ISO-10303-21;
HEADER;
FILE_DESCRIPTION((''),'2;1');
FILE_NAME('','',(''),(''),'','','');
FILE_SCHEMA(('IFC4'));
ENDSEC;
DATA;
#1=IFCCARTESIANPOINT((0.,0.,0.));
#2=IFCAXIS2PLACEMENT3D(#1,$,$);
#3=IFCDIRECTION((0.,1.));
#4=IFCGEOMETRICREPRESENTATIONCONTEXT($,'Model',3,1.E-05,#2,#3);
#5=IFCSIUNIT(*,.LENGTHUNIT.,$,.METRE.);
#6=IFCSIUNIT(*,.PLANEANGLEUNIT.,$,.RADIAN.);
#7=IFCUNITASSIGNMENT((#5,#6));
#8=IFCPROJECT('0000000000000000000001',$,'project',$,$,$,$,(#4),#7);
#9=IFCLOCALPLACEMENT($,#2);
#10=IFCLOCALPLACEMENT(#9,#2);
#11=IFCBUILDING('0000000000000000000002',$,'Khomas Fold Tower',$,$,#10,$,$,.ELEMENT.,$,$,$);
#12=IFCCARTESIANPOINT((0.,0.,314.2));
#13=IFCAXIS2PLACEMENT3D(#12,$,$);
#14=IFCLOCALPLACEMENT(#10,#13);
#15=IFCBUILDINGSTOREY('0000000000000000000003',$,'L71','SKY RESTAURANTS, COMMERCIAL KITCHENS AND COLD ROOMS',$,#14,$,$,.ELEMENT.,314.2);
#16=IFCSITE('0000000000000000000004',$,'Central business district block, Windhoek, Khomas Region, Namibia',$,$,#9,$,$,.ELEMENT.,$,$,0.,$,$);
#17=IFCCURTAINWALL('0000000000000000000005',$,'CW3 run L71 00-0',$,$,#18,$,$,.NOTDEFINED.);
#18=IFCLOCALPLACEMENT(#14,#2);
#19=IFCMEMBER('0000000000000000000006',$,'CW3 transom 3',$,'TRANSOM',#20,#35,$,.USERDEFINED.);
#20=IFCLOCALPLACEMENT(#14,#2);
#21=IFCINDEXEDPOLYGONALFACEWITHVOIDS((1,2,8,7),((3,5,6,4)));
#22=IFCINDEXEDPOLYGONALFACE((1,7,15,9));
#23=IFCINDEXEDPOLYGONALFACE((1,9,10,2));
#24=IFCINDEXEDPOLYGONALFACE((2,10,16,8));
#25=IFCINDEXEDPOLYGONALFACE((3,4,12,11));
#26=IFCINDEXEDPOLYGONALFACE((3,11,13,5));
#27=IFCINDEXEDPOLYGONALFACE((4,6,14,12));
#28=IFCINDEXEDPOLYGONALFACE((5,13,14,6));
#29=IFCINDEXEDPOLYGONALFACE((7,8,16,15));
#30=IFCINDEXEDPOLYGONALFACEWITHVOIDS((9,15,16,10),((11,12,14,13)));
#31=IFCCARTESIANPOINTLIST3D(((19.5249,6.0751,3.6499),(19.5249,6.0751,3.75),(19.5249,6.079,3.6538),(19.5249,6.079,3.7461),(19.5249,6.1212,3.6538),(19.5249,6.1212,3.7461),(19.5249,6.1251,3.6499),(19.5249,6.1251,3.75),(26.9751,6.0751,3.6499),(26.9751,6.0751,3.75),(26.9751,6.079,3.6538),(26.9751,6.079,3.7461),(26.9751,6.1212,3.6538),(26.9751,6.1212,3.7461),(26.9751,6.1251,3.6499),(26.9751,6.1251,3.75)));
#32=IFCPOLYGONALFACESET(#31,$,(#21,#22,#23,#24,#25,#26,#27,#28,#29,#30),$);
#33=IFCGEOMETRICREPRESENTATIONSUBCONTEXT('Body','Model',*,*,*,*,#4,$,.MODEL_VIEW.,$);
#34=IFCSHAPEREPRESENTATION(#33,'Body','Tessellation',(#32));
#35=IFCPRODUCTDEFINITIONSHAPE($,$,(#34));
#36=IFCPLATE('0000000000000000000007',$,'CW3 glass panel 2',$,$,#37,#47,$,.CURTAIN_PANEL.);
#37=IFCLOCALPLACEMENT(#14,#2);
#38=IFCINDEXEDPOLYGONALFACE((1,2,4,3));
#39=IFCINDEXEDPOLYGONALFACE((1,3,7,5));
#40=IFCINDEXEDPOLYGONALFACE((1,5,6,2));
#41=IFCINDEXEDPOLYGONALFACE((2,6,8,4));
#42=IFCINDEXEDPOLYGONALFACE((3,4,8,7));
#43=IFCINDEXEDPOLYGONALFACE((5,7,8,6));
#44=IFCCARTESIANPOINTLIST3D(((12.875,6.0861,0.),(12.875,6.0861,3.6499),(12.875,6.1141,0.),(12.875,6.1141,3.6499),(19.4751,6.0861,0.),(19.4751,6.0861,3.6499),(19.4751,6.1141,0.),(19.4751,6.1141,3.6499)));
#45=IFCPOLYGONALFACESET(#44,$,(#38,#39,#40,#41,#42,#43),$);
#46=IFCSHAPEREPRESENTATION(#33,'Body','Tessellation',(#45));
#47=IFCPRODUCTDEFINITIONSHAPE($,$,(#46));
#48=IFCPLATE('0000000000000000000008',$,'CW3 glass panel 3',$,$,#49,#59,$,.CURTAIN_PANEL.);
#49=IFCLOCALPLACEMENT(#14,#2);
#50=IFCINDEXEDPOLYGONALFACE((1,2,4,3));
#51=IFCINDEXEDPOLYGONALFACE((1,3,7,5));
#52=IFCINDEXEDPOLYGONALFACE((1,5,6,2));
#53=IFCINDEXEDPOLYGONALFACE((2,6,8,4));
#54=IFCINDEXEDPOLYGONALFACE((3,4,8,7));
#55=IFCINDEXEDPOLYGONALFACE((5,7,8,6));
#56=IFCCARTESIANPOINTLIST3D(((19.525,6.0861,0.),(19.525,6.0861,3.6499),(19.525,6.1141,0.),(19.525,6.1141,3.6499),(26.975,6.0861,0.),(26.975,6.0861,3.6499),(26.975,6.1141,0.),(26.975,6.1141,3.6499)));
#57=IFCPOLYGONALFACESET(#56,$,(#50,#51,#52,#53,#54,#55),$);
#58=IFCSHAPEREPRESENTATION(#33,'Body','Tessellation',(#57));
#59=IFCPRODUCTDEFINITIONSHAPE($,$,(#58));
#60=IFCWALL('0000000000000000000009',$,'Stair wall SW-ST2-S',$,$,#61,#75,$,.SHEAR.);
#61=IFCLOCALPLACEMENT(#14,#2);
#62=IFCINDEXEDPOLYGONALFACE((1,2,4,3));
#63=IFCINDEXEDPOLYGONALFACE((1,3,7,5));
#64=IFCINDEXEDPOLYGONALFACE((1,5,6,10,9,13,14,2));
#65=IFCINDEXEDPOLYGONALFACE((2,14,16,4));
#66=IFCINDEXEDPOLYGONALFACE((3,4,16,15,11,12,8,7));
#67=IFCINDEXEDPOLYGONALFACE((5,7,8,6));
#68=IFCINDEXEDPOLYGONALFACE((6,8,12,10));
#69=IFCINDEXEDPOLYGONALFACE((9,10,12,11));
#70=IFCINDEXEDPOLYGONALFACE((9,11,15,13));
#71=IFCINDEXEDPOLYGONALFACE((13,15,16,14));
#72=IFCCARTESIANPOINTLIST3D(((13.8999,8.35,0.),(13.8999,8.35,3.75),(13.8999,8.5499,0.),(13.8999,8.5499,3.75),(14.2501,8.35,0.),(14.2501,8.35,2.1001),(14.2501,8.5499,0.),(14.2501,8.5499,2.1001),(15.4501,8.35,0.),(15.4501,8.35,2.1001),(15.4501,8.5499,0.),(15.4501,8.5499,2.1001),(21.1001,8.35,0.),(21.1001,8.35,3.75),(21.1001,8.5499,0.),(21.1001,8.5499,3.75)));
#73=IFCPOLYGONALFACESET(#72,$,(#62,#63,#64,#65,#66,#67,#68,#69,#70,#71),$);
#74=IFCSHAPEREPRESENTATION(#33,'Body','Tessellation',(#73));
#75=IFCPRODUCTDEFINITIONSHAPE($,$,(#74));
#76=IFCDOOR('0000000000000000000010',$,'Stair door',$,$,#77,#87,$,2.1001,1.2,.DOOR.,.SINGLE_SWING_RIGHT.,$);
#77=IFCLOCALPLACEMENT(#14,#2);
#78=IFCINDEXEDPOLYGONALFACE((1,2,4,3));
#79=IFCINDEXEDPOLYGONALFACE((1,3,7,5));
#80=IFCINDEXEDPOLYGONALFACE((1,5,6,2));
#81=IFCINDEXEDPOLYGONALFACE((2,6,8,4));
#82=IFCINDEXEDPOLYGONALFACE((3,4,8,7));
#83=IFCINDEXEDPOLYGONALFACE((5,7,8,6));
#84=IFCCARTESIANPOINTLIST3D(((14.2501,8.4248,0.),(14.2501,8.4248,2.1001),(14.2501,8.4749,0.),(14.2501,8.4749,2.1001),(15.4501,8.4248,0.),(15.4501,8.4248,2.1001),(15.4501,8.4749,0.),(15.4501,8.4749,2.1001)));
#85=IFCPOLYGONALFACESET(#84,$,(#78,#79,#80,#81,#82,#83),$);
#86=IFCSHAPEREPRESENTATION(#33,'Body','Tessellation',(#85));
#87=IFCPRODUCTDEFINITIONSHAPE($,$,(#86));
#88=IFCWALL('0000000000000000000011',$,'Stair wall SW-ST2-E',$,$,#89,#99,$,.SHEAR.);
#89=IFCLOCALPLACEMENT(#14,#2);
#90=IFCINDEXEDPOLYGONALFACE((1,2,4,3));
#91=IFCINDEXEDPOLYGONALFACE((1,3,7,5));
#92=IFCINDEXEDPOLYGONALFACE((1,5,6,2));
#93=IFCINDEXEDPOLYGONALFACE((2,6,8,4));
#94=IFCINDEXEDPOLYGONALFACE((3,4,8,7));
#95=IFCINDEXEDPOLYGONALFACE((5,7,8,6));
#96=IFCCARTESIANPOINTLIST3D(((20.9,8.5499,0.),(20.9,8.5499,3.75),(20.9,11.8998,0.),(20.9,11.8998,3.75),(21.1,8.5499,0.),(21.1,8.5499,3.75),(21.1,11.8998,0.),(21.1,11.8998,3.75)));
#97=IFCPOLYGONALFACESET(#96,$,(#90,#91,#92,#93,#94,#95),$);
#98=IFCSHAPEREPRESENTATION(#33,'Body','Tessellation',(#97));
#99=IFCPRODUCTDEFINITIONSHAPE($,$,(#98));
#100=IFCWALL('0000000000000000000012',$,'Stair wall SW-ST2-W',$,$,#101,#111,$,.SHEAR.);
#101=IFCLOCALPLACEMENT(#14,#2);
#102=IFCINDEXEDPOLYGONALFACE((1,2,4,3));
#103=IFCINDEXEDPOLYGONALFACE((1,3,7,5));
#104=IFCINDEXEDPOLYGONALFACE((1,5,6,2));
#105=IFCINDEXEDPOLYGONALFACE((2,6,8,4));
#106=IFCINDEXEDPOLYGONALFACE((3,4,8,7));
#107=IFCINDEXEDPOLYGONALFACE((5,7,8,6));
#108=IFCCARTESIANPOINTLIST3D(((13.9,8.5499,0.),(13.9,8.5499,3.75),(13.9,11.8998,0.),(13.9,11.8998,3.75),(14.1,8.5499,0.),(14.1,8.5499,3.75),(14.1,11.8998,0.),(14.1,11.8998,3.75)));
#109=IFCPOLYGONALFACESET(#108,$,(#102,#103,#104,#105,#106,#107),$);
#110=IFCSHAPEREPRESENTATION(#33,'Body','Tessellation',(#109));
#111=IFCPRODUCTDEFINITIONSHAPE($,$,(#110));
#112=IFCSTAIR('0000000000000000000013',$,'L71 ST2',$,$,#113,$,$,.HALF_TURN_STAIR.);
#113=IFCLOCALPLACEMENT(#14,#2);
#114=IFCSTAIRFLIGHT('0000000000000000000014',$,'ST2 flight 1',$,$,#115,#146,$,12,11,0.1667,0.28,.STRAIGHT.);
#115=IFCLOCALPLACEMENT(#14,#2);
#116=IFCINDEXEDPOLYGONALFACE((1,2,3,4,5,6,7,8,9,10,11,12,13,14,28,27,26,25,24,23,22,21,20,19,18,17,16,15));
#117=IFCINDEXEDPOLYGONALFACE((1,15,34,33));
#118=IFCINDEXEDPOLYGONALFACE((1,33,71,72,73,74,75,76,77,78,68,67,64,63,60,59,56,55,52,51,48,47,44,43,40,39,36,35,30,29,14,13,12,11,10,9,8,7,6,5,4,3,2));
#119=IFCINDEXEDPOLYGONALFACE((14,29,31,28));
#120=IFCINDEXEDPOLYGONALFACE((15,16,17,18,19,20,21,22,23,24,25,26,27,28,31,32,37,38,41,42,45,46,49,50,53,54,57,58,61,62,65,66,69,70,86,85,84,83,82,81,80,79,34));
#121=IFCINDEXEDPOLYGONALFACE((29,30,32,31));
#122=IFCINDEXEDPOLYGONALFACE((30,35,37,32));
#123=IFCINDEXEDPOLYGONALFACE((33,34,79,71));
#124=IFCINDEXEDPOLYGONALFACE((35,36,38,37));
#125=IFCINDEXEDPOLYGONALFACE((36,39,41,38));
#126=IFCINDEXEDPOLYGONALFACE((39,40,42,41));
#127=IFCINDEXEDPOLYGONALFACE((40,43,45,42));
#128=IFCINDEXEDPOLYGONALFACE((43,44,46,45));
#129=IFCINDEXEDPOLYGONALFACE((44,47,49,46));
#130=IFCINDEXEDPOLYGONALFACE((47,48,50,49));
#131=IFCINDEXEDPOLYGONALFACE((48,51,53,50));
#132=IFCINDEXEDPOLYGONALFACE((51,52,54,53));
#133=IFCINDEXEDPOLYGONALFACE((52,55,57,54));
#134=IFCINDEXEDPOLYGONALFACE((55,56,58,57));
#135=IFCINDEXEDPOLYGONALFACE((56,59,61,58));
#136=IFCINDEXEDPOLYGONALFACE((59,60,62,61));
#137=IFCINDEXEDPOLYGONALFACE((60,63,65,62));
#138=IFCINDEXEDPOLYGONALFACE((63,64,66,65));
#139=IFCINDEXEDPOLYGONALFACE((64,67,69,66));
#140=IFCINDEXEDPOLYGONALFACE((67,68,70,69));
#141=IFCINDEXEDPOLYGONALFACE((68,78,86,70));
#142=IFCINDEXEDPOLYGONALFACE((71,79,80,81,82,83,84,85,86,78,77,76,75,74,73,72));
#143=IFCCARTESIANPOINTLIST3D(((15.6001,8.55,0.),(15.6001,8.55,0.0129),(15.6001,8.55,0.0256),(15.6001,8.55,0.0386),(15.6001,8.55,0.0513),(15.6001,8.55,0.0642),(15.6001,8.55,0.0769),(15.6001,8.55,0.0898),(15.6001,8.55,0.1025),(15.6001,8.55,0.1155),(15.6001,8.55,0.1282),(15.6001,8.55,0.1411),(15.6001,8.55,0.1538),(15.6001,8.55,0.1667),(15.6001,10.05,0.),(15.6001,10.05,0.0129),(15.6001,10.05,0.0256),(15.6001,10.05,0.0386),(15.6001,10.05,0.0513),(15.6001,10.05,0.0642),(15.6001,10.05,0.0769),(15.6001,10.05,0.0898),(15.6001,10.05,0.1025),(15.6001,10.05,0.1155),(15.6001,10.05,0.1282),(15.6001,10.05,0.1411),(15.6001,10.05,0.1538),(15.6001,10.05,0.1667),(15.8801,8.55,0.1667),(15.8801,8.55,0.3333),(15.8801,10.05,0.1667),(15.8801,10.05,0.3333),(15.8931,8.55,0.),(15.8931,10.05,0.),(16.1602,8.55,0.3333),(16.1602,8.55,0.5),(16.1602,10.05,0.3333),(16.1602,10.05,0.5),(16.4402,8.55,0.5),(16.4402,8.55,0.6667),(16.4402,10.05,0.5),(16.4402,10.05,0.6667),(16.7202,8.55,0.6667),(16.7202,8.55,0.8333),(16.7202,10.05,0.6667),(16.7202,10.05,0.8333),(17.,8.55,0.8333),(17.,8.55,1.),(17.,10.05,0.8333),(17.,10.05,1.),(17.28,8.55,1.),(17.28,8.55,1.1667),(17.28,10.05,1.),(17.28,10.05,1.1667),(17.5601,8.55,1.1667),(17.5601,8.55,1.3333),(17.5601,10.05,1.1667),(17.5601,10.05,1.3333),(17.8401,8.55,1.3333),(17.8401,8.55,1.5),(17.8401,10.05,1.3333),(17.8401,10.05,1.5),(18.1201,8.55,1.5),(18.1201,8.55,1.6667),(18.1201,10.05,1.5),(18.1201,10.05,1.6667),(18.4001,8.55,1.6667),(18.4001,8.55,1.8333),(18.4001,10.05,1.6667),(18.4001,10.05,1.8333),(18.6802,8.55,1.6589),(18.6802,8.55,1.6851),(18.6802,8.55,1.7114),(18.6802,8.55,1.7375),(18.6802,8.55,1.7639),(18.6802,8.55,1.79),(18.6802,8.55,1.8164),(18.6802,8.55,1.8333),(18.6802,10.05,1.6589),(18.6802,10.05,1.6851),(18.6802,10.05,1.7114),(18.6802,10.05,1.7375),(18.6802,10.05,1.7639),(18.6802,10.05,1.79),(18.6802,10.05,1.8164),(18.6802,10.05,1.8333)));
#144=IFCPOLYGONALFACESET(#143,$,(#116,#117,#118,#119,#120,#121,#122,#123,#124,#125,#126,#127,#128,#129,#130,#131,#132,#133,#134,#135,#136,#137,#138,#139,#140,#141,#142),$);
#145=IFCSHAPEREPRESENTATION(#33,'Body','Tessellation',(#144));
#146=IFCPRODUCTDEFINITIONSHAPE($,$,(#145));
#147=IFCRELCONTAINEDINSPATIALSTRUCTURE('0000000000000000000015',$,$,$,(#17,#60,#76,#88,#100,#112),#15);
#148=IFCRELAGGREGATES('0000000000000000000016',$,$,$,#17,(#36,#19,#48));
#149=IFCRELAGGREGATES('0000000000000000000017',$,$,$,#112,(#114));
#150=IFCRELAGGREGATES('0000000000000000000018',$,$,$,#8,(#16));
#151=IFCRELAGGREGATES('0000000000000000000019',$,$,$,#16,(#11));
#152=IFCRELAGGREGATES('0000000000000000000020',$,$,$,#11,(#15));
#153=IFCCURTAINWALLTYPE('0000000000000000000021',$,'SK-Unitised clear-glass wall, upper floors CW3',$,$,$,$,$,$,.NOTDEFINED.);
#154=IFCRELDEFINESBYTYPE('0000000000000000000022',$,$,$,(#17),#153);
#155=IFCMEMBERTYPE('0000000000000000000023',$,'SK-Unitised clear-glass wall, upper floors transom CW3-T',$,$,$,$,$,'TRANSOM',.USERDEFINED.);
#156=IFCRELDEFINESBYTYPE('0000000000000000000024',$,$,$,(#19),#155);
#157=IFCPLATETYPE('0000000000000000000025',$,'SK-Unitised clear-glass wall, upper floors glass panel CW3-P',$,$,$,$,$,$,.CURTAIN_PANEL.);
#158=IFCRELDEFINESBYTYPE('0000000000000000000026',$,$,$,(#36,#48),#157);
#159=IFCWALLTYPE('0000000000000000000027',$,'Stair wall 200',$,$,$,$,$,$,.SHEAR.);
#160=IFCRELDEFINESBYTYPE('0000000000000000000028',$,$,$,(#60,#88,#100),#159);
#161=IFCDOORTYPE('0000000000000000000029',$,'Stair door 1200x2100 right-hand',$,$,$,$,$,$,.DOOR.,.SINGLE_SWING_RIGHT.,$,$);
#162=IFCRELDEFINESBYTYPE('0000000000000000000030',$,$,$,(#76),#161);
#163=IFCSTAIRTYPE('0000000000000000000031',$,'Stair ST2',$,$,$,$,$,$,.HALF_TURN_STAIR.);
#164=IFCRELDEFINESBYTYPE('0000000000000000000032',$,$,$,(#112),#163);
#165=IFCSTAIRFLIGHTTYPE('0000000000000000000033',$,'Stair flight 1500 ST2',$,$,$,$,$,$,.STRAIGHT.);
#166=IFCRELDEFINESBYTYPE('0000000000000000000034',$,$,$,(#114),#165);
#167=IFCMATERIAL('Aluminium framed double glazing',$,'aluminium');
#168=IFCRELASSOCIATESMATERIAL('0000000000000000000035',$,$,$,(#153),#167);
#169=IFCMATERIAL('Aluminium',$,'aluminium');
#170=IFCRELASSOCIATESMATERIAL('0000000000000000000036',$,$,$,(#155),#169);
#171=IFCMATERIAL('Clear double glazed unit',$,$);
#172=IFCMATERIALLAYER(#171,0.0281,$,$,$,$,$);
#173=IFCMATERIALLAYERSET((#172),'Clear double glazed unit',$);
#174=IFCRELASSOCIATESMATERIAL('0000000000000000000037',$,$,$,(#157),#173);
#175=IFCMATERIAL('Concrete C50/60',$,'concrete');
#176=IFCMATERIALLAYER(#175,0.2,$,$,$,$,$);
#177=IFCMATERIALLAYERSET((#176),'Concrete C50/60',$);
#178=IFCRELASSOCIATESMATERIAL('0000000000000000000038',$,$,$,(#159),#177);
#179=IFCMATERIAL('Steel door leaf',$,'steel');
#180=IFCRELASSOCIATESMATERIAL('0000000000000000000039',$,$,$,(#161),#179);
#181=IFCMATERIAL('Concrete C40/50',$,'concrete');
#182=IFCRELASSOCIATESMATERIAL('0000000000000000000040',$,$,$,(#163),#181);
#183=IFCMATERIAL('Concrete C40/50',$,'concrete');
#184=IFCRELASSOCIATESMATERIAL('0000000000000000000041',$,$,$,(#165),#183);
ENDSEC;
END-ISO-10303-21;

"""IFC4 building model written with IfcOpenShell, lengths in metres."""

from ifc_helpers import new_model, si_unit, direction, frame, frame_2d, origin, origin_2d, place, context, subcontext, project, spatial, polyline, rectangle, hollow_rectangle, outline, extrude, source, transform, mapped, material, layer, layer_set, material_profile, profile_set, type_object, element, fill, aggregate, save


model = new_model("IFC4")

# Units and contexts
model_context = context("Model", 3, precision=1e-05, world=origin(), true_north=direction((0.0, 1.0)))
body_context = subcontext(model_context, "Body", "Model", "MODEL_VIEW")
ifc_project = project(units=[si_unit("LENGTHUNIT", "METRE"), si_unit("PLANEANGLEUNIT", "RADIAN")], contexts=[model_context])

# Site, building, storey
site_placement = place(None, origin())
site = spatial("IfcSite", under=ifc_project, at=site_placement, Name="Central business district block, Windhoek, Khomas Region, Namibia", CompositionType="ELEMENT", RefElevation=0.0)
building_placement = place(site_placement, origin())
building = spatial("IfcBuilding", under=site, at=building_placement, Name="Khomas Fold Tower", CompositionType="ELEMENT")
storey_placement = place(building_placement, frame((0.0, 0.0, 314.2)))
storey = spatial("IfcBuildingStorey", under=building, at=storey_placement, Name="L71", Description="SKY RESTAURANTS, COMMERCIAL KITCHENS AND COLD ROOMS", CompositionType="ELEMENT", Elevation=314.2)

# Curtain wall, member, plates
ifc_material_1 = material(Name="Aluminium framed double glazing", Category="aluminium")
curtain_wall_type = type_object("IfcCurtainWallType", Name="SK-Unitised clear-glass wall, upper floors CW3", PredefinedType="NOTDEFINED", material=ifc_material_1)
curtain_wall_placement = place(storey_placement, origin())
curtain_wall = element("IfcCurtainWall", 1, at=curtain_wall_placement, inside=storey, type_object=curtain_wall_type, Name="CW3 run L71 00-0", PredefinedType="NOTDEFINED")
ifc_material_2 = material(Name="Aluminium", Category="aluminium")
ifc_material_profile_1 = material_profile(ifc_material_2, hollow_rectangle(XDim=0.05, YDim=0.1001, WallThickness=0.0039, at=origin_2d()), Name="SK-Unitised clear-glass wall, upper floors transom CW3-T")
ifc_profile_set_1 = profile_set([ifc_material_profile_1], Name="Aluminium")
member_type_1 = type_object("IfcMemberType", Name="SK-Unitised clear-glass wall, upper floors transom CW3-T", ElementType="TRANSOM", PredefinedType="USERDEFINED", material=ifc_profile_set_1)
shared_shape_1 = source(origin(), body_context, "Body", "SweptSolid", [
    extrude(hollow_rectangle(XDim=0.05, YDim=0.1001, WallThickness=0.0039, at=origin_2d()), origin(), (0.0, 0.0, 1.0), 7.4502),
])
member_1_placement = place(storey_placement, frame((19.5249, 6.1001, 3.7), z_axis=(1.0, 0.0, 0.0), x_axis=(0.0, 1.0, 0.0)))
member_1 = element("IfcMember", 2, at=member_1_placement, type_object=member_type_1, Name="CW3 transom 3", ObjectType="TRANSOM", PredefinedType="USERDEFINED", context=body_context, shape_type="MappedRepresentation", body=[
    mapped(shared_shape_1, transform((0.0, 0.0, 0.0))),
])
ifc_material_3 = material(Name="Clear double glazed unit")
ifc_layer_1 = layer(ifc_material_3, 0.0281)
ifc_layer_set_1 = layer_set([ifc_layer_1], Name="Clear double glazed unit")
plate_type = type_object("IfcPlateType", Name="SK-Unitised clear-glass wall, upper floors glass panel CW3-P", PredefinedType="CURTAIN_PANEL", material=ifc_layer_set_1)
shared_shape_2 = source(origin(), body_context, "Body", "SweptSolid", [
    extrude(rectangle(XDim=6.6001, YDim=0.0281, at=origin_2d()), origin(), (0.0, 0.0, 1.0), 3.6499),
])
plate_1_placement = place(storey_placement, frame((16.175, 6.1001, 0.0), z_axis=(0.0, 0.0, 1.0), x_axis=(1.0, 0.0, 0.0)))
plate_1 = element("IfcPlate", 3, at=plate_1_placement, type_object=plate_type, Name="CW3 glass panel 2", PredefinedType="CURTAIN_PANEL", context=body_context, shape_type="MappedRepresentation", body=[
    mapped(shared_shape_2, transform((0.0, 0.0, 0.0))),
])
shared_shape_3 = source(origin(), body_context, "Body", "SweptSolid", [
    extrude(rectangle(XDim=7.45, YDim=0.0281, at=origin_2d()), origin(), (0.0, 0.0, 1.0), 3.6499),
])
plate_2_placement = place(storey_placement, frame((23.25, 6.1001, 0.0), z_axis=(0.0, 0.0, 1.0), x_axis=(1.0, 0.0, 0.0)))
plate_2 = element("IfcPlate", 4, at=plate_2_placement, type_object=plate_type, Name="CW3 glass panel 3", PredefinedType="CURTAIN_PANEL", context=body_context, shape_type="MappedRepresentation", body=[
    mapped(shared_shape_3, transform((0.0, 0.0, 0.0))),
])
aggregate(curtain_wall, [plate_1, member_1, plate_2])

# Wall, opening, door
ifc_material_4 = material(Name="Concrete C50/60", Category="concrete")
ifc_layer_2 = layer(ifc_material_4, 0.2)
ifc_layer_set_2 = layer_set([ifc_layer_2], Name="Concrete C50/60")
wall_type = type_object("IfcWallType", Name="Stair wall 200", PredefinedType="SHEAR", material=ifc_layer_set_2)
shared_shape_4 = source(origin(), body_context, "Body", "SweptSolid", [
    extrude(rectangle(XDim=7.2002, YDim=0.2, at=frame_2d((3.6001, 0.0))), origin(), (0.0, 0.0, 1.0), 3.75),
])
wall_placement = place(storey_placement, frame((13.8999, 8.45, 0.0), z_axis=(0.0, 0.0, 1.0), x_axis=(1.0, 0.0, 0.0)))
wall = element("IfcWall", 5, at=wall_placement, inside=storey, type_object=wall_type, Name="Stair wall SW-ST2-S", PredefinedType="SHEAR", context=body_context, shape_type="MappedRepresentation", body=[
    mapped(shared_shape_4, transform((0.0, 0.0, 0.0))),
])
shared_shape_5 = source(origin(), body_context, "Body", "SweptSolid", [
    extrude(rectangle(XDim=1.2, YDim=2.1001, at=frame_2d((0.6001, 1.05))), frame((0.0, 0.1099, 0.0), z_axis=(0.0, -1.0, 0.0), x_axis=(1.0, 0.0, 0.0)), (0.0, 0.0, 1.0), 0.22),
])
opening_placement = place(wall_placement, frame((0.3501, 0.0, 0.0)))
opening = element("IfcOpeningElement", 6, at=opening_placement, cuts=wall, PredefinedType="OPENING", context=body_context, shape_type="MappedRepresentation", body=[
    mapped(shared_shape_5, transform((0.0, 0.0, 0.0))),
])
ifc_material_5 = material(Name="Steel door leaf", Category="steel")
door_type = type_object("IfcDoorType", Name="Stair door 1200x2100 right-hand", OperationType="SINGLE_SWING_RIGHT", PredefinedType="DOOR", material=ifc_material_5)
shared_shape_6 = source(origin(), body_context, "Body", "SweptSolid", [
    extrude(rectangle(XDim=1.2, YDim=2.1001, at=frame_2d((0.6001, 1.05))), frame((0.0, 0.0249, 0.0), z_axis=(0.0, -1.0, 0.0), x_axis=(1.0, 0.0, 0.0)), (0.0, 0.0, 1.0), 0.05),
])
door_placement = place(opening_placement, origin())
door = element("IfcDoor", 7, at=door_placement, inside=storey, type_object=door_type, Name="Stair door", OperationType="SINGLE_SWING_RIGHT", OverallHeight=2.1001, OverallWidth=1.2, PredefinedType="DOOR", context=body_context, shape_type="MappedRepresentation", body=[
    mapped(shared_shape_6, transform((0.0, 0.0, 0.0))),
])
fill(opening, door)

# Walls
shared_shape_7 = source(origin(), body_context, "Body", "SweptSolid", [
    extrude(rectangle(XDim=3.3499, YDim=0.2, at=frame_2d((1.6748, 0.0))), origin(), (0.0, 0.0, 1.0), 3.75),
])
for number, where, z_axis, x_axis, name in (
    (8, (21.0, 8.55, 0.0), (0.0, 0.0, 1.0), (0.0, 1.0, 0.0), "Stair wall SW-ST2-E"),
    (9, (14.0, 8.55, 0.0), (0.0, 0.0, 1.0), (0.0, 1.0, 0.0), "Stair wall SW-ST2-W"),
):
    element("IfcWall", number, at=place(storey_placement, frame(where, z_axis=z_axis, x_axis=x_axis)), inside=storey, type_object=wall_type, Name=name, PredefinedType="SHEAR", context=body_context, shape_type="MappedRepresentation", body=[
        mapped(shared_shape_7, transform((0.0, 0.0, 0.0))),
    ])

# Stair, stair flight
ifc_material_6 = material(Name="Concrete C40/50", Category="concrete")
stair_type = type_object("IfcStairType", Name="Stair ST2", PredefinedType="HALF_TURN_STAIR", material=ifc_material_6)
stair_placement = place(storey_placement, origin())
stair = element("IfcStair", 10, at=stair_placement, inside=storey, type_object=stair_type, Name="L71 ST2", PredefinedType="HALF_TURN_STAIR")
ifc_material_7 = material(Name="Concrete C40/50", Category="concrete")
stair_flight_type = type_object("IfcStairFlightType", Name="Stair flight 1500 ST2", PredefinedType="STRAIGHT", material=ifc_material_7)
shared_shape_8 = source(origin(), body_context, "Body", "SweptSolid", [
    extrude(outline(polyline([(0.0, 0.0), (0.0, 0.0129), (0.0, 0.0256), (0.0, 0.0386), (0.0, 0.0513), (0.0, 0.0642), (0.0, 0.0769), (0.0, 0.0898), (0.0, 0.1025), (0.0, 0.1155), (0.0, 0.1282), (0.0, 0.1411), (0.0, 0.1538), (0.0, 0.1667), (0.28, 0.1667), (0.28, 0.3333), (0.5601, 0.3333), (0.5601, 0.5), (0.8401, 0.5), (0.8401, 0.6667), (1.1201, 0.6667), (1.1201, 0.8333), (1.3999, 0.8333), (1.3999, 1.0), (1.6799, 1.0), (1.6799, 1.1667), (1.96, 1.1667), (1.96, 1.3333), (2.24, 1.3333), (2.24, 1.5), (2.52, 1.5), (2.52, 1.6667), (2.8, 1.6667), (2.8, 1.8333), (3.0801, 1.8333), (3.0801, 2.0), (3.0801, 1.9739), (3.0801, 1.9475), (3.0801, 1.9214), (3.0801, 1.895), (3.0801, 1.8689), (3.0801, 1.8425), (3.0801, 1.8164), (3.0801, 1.79), (3.0801, 1.7639), (3.0801, 1.7375), (3.0801, 1.7114), (3.0801, 1.6851), (3.0801, 1.6589), (0.293, 0.0), (0.0, 0.0)])), frame((0.0, 0.75, 0.0), z_axis=(0.0, -1.0, 0.0), x_axis=(1.0, 0.0, 0.0)), (0.0, 0.0, 1.0), 1.5),
])
stair_flight_placement = place(storey_placement, frame((15.6001, 9.3, 0.0), z_axis=(0.0, 0.0, 1.0), x_axis=(1.0, 0.0, 0.0)))
stair_flight = element("IfcStairFlight", 11, at=stair_flight_placement, type_object=stair_flight_type, Name="ST2 flight 1", NumberOfRisers=12, NumberOfTreads=11, PredefinedType="STRAIGHT", RiserHeight=0.1667, TreadLength=0.28, context=body_context, shape_type="MappedRepresentation", body=[
    mapped(shared_shape_8, transform((0.0, 0.0, 0.0))),
])
aggregate(stair, [stair_flight])

save(model, "model.ifc")
